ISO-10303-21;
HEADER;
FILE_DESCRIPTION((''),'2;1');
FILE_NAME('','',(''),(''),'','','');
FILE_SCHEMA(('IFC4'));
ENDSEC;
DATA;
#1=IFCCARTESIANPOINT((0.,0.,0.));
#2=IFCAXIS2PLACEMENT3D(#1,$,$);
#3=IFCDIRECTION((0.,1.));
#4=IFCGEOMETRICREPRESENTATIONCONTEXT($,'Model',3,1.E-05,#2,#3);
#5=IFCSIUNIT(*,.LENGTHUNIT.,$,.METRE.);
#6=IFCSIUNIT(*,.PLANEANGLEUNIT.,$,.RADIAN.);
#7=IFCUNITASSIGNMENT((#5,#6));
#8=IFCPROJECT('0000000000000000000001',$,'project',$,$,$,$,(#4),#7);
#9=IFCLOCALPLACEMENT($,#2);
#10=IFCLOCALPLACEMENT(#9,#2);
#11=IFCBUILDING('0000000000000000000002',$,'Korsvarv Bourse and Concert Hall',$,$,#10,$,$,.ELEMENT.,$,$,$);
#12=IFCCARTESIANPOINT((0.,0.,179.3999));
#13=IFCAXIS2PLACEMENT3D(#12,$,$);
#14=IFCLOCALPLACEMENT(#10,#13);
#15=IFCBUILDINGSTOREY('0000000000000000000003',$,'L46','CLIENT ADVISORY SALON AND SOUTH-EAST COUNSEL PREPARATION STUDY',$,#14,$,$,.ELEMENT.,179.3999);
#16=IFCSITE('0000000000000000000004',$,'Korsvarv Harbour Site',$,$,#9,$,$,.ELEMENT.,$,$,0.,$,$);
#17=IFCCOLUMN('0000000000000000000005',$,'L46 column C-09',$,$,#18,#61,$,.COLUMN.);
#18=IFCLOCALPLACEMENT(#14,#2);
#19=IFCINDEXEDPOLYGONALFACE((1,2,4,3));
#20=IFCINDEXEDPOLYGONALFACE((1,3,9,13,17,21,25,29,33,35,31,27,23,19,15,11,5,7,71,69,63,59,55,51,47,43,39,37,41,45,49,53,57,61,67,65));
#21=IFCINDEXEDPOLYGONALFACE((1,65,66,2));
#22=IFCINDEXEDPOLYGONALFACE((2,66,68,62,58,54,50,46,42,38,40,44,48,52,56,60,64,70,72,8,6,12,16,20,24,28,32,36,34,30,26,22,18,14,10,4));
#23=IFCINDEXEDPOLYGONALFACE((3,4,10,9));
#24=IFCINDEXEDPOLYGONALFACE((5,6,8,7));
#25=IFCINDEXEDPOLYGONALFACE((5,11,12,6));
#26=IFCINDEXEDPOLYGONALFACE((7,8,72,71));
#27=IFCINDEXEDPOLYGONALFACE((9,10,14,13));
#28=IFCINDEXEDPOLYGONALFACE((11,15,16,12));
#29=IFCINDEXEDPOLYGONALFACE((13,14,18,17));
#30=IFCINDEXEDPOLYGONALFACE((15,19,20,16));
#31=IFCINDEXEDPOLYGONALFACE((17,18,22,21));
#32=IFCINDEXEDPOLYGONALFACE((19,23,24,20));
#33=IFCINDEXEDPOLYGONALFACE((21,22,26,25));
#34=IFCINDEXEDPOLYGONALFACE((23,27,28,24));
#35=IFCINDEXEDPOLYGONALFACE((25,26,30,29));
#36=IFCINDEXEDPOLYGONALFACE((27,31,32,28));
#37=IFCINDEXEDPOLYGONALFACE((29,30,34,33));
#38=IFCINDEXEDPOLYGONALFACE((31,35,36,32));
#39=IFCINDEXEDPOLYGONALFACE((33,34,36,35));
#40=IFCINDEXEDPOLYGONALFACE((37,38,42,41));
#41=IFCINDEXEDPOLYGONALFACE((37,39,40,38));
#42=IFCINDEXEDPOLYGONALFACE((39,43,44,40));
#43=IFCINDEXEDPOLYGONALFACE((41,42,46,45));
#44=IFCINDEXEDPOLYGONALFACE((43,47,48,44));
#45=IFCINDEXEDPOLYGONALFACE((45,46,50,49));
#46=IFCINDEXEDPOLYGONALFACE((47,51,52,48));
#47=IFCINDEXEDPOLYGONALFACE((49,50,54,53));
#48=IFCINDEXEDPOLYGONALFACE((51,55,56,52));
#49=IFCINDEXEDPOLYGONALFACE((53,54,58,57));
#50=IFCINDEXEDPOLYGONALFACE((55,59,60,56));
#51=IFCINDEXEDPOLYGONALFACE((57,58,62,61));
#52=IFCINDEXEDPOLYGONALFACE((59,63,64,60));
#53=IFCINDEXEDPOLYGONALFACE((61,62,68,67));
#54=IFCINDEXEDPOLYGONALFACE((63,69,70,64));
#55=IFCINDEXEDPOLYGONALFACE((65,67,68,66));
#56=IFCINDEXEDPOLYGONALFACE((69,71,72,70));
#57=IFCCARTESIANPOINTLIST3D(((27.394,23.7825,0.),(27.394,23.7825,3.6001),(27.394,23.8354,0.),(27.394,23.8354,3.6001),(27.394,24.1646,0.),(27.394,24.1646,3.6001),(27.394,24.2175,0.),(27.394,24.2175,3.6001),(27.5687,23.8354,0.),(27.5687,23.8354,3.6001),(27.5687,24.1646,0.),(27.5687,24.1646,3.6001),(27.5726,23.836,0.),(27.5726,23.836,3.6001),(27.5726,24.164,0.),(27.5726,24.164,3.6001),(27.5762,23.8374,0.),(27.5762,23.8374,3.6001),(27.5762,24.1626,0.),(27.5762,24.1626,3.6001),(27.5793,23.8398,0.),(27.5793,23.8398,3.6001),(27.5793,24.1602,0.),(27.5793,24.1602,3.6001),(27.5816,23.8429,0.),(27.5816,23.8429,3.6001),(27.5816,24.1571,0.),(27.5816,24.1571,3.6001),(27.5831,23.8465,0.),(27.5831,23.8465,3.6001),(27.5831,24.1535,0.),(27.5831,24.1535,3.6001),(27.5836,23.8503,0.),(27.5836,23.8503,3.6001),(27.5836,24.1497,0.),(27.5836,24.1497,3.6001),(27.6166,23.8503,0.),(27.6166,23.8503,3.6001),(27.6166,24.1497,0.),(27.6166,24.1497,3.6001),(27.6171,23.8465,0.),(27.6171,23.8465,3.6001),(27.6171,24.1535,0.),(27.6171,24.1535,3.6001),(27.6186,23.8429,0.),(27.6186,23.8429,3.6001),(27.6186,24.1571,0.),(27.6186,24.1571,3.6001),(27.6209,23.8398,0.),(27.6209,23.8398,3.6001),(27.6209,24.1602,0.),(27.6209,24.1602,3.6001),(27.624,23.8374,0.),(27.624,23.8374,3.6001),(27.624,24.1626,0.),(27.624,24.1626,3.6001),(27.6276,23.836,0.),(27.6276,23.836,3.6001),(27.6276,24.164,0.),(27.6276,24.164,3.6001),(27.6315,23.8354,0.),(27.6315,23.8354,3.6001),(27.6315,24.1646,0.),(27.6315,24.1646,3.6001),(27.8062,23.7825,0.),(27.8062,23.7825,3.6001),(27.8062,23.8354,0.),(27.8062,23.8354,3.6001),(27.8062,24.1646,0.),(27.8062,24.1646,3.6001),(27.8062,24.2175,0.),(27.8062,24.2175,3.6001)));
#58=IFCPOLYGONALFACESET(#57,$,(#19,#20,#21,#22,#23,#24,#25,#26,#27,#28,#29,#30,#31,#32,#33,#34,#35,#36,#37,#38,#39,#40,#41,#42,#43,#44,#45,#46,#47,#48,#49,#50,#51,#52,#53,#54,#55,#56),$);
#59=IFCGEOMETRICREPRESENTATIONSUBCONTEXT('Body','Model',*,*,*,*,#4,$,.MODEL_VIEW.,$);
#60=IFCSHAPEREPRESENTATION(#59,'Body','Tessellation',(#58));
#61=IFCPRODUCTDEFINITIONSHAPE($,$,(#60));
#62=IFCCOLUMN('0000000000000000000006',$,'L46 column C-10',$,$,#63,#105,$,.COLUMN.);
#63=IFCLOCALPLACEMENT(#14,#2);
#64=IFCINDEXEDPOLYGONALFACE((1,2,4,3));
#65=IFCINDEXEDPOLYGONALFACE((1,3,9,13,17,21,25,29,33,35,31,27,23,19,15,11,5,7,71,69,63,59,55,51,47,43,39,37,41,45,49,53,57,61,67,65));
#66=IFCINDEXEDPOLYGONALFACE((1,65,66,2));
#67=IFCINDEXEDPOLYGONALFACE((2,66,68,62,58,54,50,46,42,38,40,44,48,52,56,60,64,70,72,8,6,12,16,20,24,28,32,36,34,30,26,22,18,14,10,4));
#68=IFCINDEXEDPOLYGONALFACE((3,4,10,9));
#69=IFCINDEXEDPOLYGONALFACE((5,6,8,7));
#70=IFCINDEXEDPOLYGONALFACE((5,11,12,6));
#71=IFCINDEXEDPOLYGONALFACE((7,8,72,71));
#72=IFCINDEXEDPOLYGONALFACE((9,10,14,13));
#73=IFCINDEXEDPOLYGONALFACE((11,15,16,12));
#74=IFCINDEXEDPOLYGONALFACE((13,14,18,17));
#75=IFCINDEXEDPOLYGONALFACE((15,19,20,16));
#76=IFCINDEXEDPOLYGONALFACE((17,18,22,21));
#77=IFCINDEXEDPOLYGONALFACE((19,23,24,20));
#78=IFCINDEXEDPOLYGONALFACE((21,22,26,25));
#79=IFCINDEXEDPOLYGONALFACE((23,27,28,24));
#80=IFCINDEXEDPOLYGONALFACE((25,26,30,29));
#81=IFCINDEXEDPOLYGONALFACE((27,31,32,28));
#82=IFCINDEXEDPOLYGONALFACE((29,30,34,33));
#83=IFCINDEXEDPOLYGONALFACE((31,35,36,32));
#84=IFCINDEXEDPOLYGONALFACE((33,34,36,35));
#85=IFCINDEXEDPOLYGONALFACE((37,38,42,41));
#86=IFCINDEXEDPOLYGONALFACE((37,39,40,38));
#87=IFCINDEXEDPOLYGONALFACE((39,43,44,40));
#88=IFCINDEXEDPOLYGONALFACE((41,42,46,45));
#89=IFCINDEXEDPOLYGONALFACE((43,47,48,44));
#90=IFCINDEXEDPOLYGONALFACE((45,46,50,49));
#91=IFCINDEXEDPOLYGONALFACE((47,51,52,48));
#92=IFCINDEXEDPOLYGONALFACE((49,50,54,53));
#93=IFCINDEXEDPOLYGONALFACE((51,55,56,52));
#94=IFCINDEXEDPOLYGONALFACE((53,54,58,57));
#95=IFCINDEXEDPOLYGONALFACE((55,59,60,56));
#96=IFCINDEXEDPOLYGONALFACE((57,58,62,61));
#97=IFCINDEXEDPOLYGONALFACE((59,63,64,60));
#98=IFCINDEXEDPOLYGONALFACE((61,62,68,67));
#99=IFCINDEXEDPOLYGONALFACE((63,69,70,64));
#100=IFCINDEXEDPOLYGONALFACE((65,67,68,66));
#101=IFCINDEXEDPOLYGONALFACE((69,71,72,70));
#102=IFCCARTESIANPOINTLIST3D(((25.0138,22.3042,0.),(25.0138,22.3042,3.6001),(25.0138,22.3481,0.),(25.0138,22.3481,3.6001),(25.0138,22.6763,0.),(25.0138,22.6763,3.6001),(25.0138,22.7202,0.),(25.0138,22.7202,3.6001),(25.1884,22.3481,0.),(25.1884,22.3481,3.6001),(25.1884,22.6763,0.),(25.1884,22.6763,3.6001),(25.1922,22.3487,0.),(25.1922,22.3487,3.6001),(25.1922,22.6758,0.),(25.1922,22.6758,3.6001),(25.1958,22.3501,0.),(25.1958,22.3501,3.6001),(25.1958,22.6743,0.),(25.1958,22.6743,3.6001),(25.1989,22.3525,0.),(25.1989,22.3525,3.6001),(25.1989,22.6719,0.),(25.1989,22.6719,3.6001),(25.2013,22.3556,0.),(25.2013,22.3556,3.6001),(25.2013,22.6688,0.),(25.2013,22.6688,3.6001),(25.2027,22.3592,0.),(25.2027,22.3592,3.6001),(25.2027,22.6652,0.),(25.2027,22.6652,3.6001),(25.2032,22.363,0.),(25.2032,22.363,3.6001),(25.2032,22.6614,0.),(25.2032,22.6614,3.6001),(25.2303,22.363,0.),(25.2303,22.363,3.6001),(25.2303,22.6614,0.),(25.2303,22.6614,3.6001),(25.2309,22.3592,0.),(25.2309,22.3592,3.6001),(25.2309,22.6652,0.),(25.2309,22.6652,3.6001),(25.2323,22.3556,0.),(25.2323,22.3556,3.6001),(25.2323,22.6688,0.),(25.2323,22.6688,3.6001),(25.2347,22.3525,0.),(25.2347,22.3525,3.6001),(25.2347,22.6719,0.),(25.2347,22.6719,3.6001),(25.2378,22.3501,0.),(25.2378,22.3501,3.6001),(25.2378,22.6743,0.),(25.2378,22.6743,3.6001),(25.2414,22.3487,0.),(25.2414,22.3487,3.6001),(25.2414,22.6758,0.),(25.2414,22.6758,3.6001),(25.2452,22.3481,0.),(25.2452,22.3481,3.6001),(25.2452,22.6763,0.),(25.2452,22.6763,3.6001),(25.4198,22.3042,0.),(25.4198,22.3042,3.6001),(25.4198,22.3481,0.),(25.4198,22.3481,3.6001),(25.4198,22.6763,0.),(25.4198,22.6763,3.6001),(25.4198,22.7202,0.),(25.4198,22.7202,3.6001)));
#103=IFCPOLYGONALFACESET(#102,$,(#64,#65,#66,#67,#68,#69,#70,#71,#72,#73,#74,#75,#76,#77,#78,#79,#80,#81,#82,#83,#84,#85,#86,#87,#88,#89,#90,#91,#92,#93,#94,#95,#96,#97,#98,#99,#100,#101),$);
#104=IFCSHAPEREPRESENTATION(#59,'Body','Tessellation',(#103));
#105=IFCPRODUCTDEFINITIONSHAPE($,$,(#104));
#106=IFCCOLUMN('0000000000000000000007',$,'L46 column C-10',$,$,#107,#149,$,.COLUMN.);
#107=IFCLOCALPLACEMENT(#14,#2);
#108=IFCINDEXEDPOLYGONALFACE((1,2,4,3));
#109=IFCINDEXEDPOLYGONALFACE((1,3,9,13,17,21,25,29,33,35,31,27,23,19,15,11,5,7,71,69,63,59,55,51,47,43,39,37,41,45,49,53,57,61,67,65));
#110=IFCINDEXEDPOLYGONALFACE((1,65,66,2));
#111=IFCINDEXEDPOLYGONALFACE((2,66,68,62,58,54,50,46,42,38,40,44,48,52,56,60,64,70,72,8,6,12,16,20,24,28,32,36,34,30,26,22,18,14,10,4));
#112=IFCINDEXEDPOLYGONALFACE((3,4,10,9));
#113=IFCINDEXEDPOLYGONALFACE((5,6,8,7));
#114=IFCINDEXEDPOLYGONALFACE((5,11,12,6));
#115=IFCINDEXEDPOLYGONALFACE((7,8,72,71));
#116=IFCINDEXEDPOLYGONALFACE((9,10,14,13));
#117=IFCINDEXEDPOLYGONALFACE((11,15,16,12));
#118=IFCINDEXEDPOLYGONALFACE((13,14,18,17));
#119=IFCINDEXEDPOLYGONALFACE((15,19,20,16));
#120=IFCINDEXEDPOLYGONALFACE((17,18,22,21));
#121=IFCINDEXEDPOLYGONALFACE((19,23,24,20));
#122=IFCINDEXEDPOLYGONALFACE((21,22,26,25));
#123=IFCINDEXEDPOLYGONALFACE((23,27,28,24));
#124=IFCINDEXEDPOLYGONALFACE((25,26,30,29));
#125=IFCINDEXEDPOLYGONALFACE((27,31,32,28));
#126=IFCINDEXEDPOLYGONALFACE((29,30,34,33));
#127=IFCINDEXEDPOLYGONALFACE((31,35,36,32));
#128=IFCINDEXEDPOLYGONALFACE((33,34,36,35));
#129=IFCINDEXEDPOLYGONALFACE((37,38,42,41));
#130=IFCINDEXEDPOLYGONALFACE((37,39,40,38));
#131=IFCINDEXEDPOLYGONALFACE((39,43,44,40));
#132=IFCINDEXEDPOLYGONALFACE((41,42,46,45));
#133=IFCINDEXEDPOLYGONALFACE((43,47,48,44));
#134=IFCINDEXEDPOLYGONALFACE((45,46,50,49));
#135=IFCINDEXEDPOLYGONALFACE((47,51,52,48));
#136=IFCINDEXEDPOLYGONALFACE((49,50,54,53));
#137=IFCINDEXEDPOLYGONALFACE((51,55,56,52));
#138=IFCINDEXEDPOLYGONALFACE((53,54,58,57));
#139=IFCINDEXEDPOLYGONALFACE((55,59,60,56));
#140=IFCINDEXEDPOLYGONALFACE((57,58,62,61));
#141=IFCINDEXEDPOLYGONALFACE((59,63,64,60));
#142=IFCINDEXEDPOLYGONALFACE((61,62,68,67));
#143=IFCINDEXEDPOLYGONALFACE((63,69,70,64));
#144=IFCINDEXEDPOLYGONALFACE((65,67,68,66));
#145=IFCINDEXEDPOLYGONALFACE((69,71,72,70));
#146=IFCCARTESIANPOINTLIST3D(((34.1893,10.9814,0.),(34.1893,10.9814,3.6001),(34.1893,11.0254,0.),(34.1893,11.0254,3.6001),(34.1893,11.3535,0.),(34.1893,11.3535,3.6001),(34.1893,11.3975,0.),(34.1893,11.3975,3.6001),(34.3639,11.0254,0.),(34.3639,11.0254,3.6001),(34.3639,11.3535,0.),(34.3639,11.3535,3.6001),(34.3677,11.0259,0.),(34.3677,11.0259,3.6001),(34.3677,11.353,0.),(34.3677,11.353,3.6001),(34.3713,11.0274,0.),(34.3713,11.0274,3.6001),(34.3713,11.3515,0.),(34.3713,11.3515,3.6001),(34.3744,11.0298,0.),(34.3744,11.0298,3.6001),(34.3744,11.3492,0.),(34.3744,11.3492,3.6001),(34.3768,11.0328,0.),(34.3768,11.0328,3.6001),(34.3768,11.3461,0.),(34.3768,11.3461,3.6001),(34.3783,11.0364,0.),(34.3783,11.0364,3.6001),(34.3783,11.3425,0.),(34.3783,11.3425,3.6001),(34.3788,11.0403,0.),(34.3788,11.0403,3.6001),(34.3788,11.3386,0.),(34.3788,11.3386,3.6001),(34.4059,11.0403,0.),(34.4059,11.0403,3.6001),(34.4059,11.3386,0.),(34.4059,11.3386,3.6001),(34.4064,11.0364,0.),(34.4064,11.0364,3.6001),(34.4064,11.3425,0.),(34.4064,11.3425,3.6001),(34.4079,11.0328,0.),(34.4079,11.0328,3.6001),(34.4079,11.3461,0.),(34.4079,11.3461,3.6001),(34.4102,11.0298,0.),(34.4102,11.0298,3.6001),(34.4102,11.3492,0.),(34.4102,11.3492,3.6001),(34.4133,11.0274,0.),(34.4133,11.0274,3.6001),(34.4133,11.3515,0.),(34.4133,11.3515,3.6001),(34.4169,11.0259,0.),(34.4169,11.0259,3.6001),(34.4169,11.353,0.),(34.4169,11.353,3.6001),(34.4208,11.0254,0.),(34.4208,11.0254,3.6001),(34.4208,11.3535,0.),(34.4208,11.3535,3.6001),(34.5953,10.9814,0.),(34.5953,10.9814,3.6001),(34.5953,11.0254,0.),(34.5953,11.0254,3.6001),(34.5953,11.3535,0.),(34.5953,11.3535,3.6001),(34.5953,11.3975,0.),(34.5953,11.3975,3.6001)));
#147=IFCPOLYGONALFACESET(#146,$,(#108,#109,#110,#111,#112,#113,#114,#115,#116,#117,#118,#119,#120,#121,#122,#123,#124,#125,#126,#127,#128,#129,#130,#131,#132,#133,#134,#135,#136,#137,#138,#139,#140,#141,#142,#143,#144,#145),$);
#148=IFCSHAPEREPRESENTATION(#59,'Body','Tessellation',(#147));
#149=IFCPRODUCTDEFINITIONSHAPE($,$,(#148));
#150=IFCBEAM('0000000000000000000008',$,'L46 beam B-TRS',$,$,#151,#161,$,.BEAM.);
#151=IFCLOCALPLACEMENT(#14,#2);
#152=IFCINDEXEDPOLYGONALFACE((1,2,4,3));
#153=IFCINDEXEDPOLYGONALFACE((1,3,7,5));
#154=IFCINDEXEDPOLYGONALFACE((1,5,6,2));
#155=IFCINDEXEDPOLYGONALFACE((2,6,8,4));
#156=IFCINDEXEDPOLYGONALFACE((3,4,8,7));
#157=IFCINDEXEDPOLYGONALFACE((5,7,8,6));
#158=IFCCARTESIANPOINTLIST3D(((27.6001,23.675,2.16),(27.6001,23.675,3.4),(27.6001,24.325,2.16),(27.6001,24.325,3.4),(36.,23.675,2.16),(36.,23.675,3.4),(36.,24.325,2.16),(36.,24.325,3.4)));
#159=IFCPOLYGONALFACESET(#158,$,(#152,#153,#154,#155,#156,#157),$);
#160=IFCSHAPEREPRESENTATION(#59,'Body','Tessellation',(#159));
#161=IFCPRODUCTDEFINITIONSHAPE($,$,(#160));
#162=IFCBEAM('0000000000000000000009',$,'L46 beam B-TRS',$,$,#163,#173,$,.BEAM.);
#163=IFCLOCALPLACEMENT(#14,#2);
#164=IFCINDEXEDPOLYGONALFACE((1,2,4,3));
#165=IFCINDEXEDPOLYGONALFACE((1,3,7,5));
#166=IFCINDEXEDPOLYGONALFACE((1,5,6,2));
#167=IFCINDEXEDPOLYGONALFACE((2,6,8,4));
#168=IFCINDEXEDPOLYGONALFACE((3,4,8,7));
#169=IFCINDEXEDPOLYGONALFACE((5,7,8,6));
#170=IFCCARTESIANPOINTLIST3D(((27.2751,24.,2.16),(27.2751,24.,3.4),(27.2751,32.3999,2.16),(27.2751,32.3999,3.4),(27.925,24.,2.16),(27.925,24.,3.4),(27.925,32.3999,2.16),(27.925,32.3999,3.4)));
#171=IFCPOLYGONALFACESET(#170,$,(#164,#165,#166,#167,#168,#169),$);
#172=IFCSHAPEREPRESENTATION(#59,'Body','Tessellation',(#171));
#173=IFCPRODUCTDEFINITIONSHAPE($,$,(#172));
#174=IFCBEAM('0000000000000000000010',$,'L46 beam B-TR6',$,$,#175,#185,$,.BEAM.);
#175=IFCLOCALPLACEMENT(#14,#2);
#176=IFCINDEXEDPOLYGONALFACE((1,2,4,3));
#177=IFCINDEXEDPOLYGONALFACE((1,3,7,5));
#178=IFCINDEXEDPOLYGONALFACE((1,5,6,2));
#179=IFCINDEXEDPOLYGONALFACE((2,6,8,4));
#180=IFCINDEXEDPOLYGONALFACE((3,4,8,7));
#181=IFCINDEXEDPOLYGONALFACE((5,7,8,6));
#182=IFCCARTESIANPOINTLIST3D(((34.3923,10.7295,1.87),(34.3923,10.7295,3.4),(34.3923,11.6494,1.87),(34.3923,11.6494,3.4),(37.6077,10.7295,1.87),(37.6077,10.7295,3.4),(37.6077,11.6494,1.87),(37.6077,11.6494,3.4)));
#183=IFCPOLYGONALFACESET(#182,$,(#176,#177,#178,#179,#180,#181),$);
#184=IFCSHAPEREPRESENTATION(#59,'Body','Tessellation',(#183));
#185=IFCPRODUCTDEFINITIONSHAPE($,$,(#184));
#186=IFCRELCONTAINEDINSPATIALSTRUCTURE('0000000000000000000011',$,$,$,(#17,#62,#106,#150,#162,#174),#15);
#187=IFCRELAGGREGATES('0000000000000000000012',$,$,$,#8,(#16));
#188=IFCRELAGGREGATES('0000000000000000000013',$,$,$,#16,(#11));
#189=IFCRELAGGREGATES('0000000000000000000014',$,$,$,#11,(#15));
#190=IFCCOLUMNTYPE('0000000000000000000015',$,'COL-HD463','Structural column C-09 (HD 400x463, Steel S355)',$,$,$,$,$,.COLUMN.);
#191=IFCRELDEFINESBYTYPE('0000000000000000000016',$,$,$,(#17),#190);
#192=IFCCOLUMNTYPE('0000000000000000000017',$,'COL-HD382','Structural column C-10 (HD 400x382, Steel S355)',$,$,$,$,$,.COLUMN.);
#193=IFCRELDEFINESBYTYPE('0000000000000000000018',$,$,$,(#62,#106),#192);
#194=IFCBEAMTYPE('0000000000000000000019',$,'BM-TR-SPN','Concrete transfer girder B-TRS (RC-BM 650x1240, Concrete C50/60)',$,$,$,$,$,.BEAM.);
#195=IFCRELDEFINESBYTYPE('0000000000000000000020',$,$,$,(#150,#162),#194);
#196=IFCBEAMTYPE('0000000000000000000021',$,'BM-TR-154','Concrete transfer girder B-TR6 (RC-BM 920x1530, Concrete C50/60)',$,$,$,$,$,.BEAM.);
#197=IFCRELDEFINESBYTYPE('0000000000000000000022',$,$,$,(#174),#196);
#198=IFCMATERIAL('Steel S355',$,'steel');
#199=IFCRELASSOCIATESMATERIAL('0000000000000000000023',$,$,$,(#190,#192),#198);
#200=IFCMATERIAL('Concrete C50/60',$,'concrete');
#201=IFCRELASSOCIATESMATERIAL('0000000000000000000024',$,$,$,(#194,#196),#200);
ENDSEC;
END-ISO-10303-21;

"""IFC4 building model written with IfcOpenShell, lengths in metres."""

from ifc_helpers import new_model, si_unit, direction, frame, origin, origin_2d, place, context, subcontext, project, spatial, rectangle, i_section, extrude, source, transform, mapped, material, material_profile, profile_set, type_object, element, save


model = new_model("IFC4")

# Units and contexts
model_context = context("Model", 3, precision=1e-05, world=origin(), true_north=direction((0.0, 1.0)))
body_context = subcontext(model_context, "Body", "Model", "MODEL_VIEW")
ifc_project = project(units=[si_unit("LENGTHUNIT", "METRE"), si_unit("PLANEANGLEUNIT", "RADIAN")], contexts=[model_context])

# Site, building, storey
site_placement = place(None, origin())
site = spatial("IfcSite", under=ifc_project, at=site_placement, Name="Korsvarv Harbour Site", CompositionType="ELEMENT", RefElevation=0.0)
building_placement = place(site_placement, origin())
building = spatial("IfcBuilding", under=site, at=building_placement, Name="Korsvarv Bourse and Concert Hall", CompositionType="ELEMENT")
storey_placement = place(building_placement, frame((0.0, 0.0, 179.3999)))
storey = spatial("IfcBuildingStorey", under=building, at=storey_placement, Name="L46", Description="CLIENT ADVISORY SALON AND SOUTH-EAST COUNSEL PREPARATION STUDY", CompositionType="ELEMENT", Elevation=179.3999)

# Columns
ifc_material_1 = material(Name="Steel S355", Category="steel")
ifc_material_profile_1 = material_profile(ifc_material_1, i_section(OverallWidth=0.4121, OverallDepth=0.4351, WebThickness=0.033, FlangeThickness=0.053, FilletRadius=0.0149, at=origin_2d()), Name="HD 400x463")
ifc_profile_set_1 = profile_set([ifc_material_profile_1], Name="Steel S355")
column_type_1 = type_object("IfcColumnType", Name="COL-HD463", Description="Structural column C-09 (HD 400x463, Steel S355)", PredefinedType="COLUMN", material=ifc_profile_set_1)
shared_shape_1 = source(origin(), body_context, "Body", "SweptSolid", [
    extrude(i_section(OverallWidth=0.4121, OverallDepth=0.4351, WebThickness=0.033, FlangeThickness=0.053, FilletRadius=0.0149, at=origin_2d()), origin(), (0.0, 0.0, 1.0), 3.6001),
])
column_placement = place(storey_placement, frame((27.6001, 24.0, 0.0), z_axis=(0.0, 0.0, 1.0), x_axis=(1.0, 0.0, 0.0)))
element("IfcColumn", 1, at=column_placement, inside=storey, type_object=column_type_1, Name="L46 column C-09", PredefinedType="COLUMN", context=body_context, shape_type="MappedRepresentation", body=[
    mapped(shared_shape_1, transform((0.0, 0.0, 0.0), scale=1.0)),
])
ifc_material_profile_2 = material_profile(ifc_material_1, i_section(OverallWidth=0.406, OverallDepth=0.416, WebThickness=0.0271, FlangeThickness=0.0439, FilletRadius=0.0149, at=origin_2d()), Name="HD 400x382")
ifc_profile_set_2 = profile_set([ifc_material_profile_2], Name="Steel S355")
column_type_2 = type_object("IfcColumnType", Name="COL-HD382", Description="Structural column C-10 (HD 400x382, Steel S355)", PredefinedType="COLUMN", material=ifc_profile_set_2)
shared_shape_2 = source(origin(), body_context, "Body", "SweptSolid", [
    extrude(i_section(OverallWidth=0.406, OverallDepth=0.416, WebThickness=0.0271, FlangeThickness=0.0439, FilletRadius=0.0149, at=origin_2d()), origin(), (0.0, 0.0, 1.0), 3.6001),
])
for number, where, z_axis, x_axis, name in (
    (2, (25.2168, 22.5122, 0.0), (0.0, 0.0, 1.0), (1.0, 0.0, 0.0), "L46 column C-10"),
    (3, (34.3923, 11.1895, 0.0), (0.0, 0.0, 1.0), (1.0, 0.0, 0.0), "L46 column C-10"),
):
    element("IfcColumn", number, at=place(storey_placement, frame(where, z_axis=z_axis, x_axis=x_axis)), inside=storey, type_object=column_type_2, Name=name, PredefinedType="COLUMN", context=body_context, shape_type="MappedRepresentation", body=[
        mapped(shared_shape_2, transform((0.0, 0.0, 0.0), scale=1.0)),
    ])

# Beams
ifc_material_2 = material(Name="Concrete C50/60", Category="concrete")
ifc_material_profile_3 = material_profile(ifc_material_2, rectangle(XDim=0.6499, YDim=1.24, at=origin_2d()), Name="RC-BM 650x1240")
ifc_profile_set_3 = profile_set([ifc_material_profile_3], Name="Concrete C50/60")
beam_type_1 = type_object("IfcBeamType", Name="BM-TR-SPN", Description="Concrete transfer girder B-TRS (RC-BM 650x1240, Concrete C50/60)", PredefinedType="BEAM", material=ifc_profile_set_3)
shared_shape_3 = source(origin(), body_context, "Body", "SweptSolid", [
    extrude(rectangle(XDim=0.6499, YDim=1.24, at=origin_2d()), origin(), (0.0, 0.0, 1.0), 8.3999),
])
for number, where, z_axis, x_axis, name in (
    (4, (27.6001, 24.0, 2.78), (1.0, 0.0, 0.0), (0.0, 1.0, 0.0), "L46 beam B-TRS"),
    (5, (27.6001, 24.0, 2.78), (0.0, 1.0, 0.0), (-1.0, 0.0, 0.0), "L46 beam B-TRS"),
):
    element("IfcBeam", number, at=place(storey_placement, frame(where, z_axis=z_axis, x_axis=x_axis)), inside=storey, type_object=beam_type_1, Name=name, PredefinedType="BEAM", context=body_context, shape_type="MappedRepresentation", body=[
        mapped(shared_shape_3, transform((0.0, 0.0, 0.0), scale=1.0)),
    ])
ifc_material_profile_4 = material_profile(ifc_material_2, rectangle(XDim=0.9199, YDim=1.53, at=origin_2d()), Name="RC-BM 920x1530")
ifc_profile_set_4 = profile_set([ifc_material_profile_4], Name="Concrete C50/60")
beam_type_2 = type_object("IfcBeamType", Name="BM-TR-154", Description="Concrete transfer girder B-TR6 (RC-BM 920x1530, Concrete C50/60)", PredefinedType="BEAM", material=ifc_profile_set_4)
shared_shape_4 = source(origin(), body_context, "Body", "SweptSolid", [
    extrude(rectangle(XDim=0.9199, YDim=1.53, at=origin_2d()), origin(), (0.0, 0.0, 1.0), 3.2153),
])
beam_1_placement = place(storey_placement, frame((34.3923, 11.1895, 2.635), z_axis=(1.0, 0.0, 0.0), x_axis=(0.0, 1.0, 0.0)))
element("IfcBeam", 6, at=beam_1_placement, inside=storey, type_object=beam_type_2, Name="L46 beam B-TR6", PredefinedType="BEAM", context=body_context, shape_type="MappedRepresentation", body=[
    mapped(shared_shape_4, transform((0.0, 0.0, 0.0), scale=1.0)),
])

save(model, "model.ifc")
